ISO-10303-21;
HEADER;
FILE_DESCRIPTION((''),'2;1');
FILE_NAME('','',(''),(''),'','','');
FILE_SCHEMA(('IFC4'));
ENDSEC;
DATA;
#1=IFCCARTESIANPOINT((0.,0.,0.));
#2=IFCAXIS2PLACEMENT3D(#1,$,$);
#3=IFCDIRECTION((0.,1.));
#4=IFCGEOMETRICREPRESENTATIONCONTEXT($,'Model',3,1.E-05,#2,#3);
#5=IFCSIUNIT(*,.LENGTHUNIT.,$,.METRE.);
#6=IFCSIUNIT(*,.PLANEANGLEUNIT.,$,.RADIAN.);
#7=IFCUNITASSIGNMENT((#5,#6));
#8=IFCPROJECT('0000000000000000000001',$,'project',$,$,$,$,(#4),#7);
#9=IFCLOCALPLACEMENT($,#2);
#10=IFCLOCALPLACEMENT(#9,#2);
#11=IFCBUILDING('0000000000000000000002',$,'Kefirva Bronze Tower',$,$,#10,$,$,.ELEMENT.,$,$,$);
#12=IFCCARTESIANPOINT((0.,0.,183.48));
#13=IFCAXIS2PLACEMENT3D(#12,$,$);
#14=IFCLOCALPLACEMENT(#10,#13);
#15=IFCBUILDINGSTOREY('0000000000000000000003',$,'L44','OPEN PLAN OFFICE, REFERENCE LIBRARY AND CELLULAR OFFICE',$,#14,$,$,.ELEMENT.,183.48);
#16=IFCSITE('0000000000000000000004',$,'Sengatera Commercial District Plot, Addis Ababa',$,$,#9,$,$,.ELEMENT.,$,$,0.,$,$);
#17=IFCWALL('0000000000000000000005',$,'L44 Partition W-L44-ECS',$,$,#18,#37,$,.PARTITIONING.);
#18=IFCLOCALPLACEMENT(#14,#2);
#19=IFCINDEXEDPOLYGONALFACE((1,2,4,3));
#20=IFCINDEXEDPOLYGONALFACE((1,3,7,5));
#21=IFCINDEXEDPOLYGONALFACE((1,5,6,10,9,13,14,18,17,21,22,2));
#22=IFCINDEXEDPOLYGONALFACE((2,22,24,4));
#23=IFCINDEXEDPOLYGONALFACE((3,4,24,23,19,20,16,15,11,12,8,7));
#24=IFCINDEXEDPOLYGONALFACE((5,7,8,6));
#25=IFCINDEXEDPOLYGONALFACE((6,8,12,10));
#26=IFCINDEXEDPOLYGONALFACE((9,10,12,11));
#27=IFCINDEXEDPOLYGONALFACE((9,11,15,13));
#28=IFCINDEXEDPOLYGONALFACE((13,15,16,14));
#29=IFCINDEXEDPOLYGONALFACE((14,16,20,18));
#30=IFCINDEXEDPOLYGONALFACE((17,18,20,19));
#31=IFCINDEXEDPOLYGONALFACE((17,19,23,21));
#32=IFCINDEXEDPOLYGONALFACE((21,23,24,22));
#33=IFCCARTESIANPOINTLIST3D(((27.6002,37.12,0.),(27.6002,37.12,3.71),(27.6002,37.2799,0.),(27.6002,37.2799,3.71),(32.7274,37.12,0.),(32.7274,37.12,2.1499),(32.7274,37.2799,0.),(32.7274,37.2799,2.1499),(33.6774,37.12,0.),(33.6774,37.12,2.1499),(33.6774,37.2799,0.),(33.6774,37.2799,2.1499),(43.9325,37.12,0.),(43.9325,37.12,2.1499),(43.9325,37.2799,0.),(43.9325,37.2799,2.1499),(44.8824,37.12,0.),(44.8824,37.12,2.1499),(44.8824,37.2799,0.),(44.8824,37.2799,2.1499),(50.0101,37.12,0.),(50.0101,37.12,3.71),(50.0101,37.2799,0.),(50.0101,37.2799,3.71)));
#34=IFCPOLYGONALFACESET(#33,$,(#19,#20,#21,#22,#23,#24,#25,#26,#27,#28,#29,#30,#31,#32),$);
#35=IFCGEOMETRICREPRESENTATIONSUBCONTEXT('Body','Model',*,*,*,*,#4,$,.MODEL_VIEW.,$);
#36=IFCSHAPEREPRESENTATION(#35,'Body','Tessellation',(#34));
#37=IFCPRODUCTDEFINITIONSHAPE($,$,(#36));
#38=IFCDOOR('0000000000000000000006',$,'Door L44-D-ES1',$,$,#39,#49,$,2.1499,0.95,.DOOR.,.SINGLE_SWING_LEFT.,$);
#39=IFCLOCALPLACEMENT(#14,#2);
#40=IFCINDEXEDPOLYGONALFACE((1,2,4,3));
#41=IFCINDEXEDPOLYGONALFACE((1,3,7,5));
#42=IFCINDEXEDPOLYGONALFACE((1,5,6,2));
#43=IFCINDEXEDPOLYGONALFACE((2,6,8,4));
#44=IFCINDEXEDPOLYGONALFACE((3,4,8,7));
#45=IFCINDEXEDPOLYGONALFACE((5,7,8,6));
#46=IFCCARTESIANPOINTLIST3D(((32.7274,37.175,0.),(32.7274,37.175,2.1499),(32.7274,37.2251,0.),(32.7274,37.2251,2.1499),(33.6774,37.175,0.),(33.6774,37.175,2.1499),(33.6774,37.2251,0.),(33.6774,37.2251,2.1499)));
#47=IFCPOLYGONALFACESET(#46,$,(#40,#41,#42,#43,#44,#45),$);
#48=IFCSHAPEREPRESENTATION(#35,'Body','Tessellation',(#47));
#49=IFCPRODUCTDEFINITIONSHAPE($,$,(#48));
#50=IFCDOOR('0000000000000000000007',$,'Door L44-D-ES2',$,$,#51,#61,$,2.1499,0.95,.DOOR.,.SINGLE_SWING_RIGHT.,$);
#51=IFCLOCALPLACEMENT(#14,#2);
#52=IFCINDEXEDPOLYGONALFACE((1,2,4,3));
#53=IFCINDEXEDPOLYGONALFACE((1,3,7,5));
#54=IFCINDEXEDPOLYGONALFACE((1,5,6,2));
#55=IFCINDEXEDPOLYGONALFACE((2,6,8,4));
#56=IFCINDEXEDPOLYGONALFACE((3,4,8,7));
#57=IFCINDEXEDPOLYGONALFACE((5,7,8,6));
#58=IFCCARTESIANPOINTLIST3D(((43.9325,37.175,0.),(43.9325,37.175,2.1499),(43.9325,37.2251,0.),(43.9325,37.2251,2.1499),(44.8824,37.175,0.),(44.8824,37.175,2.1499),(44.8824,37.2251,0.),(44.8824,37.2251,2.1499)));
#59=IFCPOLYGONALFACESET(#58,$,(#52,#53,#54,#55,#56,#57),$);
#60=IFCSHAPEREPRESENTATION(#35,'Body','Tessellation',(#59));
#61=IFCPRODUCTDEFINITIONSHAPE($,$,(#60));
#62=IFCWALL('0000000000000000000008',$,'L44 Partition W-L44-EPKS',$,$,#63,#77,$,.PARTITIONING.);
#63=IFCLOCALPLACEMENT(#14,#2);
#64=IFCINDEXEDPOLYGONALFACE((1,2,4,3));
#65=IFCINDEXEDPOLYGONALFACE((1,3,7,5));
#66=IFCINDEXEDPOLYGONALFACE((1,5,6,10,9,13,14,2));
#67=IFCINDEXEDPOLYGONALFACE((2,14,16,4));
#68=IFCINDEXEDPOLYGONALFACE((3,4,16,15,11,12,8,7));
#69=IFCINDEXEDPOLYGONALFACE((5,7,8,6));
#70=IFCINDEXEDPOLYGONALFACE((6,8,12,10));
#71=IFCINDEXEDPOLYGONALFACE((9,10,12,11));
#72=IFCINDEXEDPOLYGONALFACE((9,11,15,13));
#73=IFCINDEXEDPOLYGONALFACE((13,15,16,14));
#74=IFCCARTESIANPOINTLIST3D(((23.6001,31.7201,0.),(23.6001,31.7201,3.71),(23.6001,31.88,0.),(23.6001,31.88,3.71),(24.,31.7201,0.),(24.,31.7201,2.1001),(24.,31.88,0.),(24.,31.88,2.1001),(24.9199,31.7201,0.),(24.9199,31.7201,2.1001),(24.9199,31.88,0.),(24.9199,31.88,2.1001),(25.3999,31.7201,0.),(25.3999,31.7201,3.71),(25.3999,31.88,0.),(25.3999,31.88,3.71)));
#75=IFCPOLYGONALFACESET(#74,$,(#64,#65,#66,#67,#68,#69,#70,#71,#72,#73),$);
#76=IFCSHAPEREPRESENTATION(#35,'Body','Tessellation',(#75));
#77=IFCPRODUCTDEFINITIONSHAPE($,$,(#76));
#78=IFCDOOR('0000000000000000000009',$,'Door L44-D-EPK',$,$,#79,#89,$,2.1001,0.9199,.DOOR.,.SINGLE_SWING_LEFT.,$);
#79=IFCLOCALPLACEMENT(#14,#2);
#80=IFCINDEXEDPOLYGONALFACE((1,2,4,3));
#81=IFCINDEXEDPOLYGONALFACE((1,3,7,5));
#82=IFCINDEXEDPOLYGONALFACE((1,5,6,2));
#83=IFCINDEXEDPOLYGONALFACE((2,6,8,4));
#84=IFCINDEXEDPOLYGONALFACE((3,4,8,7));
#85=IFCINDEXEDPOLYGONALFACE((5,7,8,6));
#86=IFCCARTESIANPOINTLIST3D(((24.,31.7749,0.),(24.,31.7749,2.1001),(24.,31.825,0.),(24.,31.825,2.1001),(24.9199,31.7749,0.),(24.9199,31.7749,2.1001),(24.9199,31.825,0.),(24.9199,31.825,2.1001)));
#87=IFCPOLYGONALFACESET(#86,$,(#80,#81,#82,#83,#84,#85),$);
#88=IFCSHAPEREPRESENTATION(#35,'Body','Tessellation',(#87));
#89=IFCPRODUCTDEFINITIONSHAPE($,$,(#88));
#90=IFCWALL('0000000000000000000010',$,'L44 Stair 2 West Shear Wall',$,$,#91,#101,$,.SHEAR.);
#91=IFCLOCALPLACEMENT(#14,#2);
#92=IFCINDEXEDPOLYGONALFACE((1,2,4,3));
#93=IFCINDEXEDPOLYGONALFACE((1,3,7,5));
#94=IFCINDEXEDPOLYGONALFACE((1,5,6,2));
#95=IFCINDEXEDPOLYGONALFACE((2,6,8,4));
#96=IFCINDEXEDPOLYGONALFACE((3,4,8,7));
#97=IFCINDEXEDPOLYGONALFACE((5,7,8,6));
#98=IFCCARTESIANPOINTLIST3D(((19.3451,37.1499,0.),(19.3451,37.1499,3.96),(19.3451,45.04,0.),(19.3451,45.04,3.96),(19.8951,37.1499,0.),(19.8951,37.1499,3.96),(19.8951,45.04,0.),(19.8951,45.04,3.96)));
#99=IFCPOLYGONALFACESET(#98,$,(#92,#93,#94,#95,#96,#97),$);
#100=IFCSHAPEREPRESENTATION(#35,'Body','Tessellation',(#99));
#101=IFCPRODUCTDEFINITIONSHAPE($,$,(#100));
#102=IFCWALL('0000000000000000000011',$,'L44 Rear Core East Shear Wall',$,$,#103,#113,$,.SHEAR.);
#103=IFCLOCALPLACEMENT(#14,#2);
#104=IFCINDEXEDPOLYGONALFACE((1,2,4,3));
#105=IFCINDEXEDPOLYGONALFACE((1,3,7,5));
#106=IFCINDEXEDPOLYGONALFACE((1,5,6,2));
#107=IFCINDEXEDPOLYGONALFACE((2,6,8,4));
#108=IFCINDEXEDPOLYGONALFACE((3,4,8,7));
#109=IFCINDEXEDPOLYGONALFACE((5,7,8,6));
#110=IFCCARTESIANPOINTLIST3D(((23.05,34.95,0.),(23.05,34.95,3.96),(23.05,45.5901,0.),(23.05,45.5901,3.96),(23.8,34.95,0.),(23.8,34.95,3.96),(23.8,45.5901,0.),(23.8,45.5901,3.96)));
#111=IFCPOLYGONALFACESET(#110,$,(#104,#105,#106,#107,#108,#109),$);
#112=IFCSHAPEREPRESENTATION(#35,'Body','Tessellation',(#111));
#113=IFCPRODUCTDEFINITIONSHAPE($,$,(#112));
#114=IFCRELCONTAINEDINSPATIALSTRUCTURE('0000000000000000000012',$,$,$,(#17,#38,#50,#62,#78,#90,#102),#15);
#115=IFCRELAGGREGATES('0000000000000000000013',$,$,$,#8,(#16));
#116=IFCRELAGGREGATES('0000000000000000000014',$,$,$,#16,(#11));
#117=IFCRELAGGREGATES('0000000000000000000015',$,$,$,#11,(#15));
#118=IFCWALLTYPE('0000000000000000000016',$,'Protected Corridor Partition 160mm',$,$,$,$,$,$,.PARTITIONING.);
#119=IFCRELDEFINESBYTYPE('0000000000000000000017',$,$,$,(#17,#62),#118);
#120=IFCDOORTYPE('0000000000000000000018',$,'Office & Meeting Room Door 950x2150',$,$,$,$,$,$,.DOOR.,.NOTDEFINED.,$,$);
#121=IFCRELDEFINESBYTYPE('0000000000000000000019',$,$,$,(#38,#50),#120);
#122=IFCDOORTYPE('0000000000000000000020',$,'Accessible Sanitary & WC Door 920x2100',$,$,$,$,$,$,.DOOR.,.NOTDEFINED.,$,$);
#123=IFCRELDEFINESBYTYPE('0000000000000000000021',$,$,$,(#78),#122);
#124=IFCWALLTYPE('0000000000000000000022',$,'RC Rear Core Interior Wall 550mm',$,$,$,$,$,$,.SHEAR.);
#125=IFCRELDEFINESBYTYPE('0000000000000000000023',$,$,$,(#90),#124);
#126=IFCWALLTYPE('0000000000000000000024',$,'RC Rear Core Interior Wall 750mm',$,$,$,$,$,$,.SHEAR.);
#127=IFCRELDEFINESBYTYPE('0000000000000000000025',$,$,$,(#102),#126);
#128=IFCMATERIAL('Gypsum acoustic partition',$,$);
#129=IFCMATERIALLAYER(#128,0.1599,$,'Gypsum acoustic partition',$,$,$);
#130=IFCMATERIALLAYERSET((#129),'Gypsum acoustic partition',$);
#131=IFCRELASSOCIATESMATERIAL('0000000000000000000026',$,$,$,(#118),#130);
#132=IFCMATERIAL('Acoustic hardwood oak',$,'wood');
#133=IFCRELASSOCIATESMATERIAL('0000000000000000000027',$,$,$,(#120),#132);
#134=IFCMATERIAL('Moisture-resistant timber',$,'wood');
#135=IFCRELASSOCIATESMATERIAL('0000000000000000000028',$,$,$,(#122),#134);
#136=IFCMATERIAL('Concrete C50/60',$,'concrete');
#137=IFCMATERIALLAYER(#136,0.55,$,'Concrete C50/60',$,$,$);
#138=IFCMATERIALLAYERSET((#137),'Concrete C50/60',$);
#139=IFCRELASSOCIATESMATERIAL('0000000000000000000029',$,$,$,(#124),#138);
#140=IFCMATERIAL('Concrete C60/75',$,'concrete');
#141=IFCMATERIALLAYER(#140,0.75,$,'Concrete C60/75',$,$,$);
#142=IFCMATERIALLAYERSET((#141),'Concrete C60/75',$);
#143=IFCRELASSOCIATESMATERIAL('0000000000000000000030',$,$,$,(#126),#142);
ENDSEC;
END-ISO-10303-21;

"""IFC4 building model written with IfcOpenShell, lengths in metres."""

from ifc_helpers import new_model, si_unit, direction, frame, frame_2d, origin, place, context, subcontext, project, spatial, rectangle, extrude, material, layer, layer_set, type_object, element, fill, save


model = new_model("IFC4")

# Units and contexts
model_context = context("Model", 3, precision=1e-05, world=origin(), true_north=direction((0.0, 1.0)))
body_context = subcontext(model_context, "Body", "Model", "MODEL_VIEW")
ifc_project = project(units=[si_unit("LENGTHUNIT", "METRE"), si_unit("PLANEANGLEUNIT", "RADIAN")], contexts=[model_context])

# Site, building, storey
site_placement = place(None, origin())
site = spatial("IfcSite", under=ifc_project, at=site_placement, Name="Sengatera Commercial District Plot, Addis Ababa", CompositionType="ELEMENT", RefElevation=0.0)
building_placement = place(site_placement, origin())
building = spatial("IfcBuilding", under=site, at=building_placement, Name="Kefirva Bronze Tower", CompositionType="ELEMENT")
storey_placement = place(building_placement, frame((0.0, 0.0, 183.48)))
storey = spatial("IfcBuildingStorey", under=building, at=storey_placement, Name="L44", Description="OPEN PLAN OFFICE, REFERENCE LIBRARY AND CELLULAR OFFICE", CompositionType="ELEMENT", Elevation=183.48)

# Shared definitions
ifc_material_1 = material(Name="Concrete C60/75", Category="concrete")

# Shared definitions
ifc_material_2 = material(Name="Gypsum acoustic partition")
ifc_layer_1 = layer(ifc_material_2, 0.1599, Name="Gypsum acoustic partition")
ifc_layer_set_1 = layer_set([ifc_layer_1], Name="Gypsum acoustic partition")
wall_type_1 = type_object("IfcWallType", Name="Protected Corridor Partition 160mm", PredefinedType="PARTITIONING", material=ifc_layer_set_1)

# Wall, openings, doors
wall_1_placement = place(storey_placement, frame((27.6001, 37.2, 0.0), z_axis=(0.0, 0.0, 1.0), x_axis=(1.0, 0.0, 0.0)))
wall_1 = element("IfcWall", 1, at=wall_1_placement, inside=storey, type_object=wall_type_1, Name="L44 Partition W-L44-ECS", PredefinedType="PARTITIONING", context=body_context, shape_type="SweptSolid", body=[
    extrude(rectangle(XDim=22.4099, YDim=0.1599, at=frame_2d((11.2051, 0.0))), origin(), (0.0, 0.0, 1.0), 3.71),
])
opening_1_placement = place(wall_1_placement, frame((6.0774, 0.0, 0.0), z_axis=(0.0, 0.0, 1.0), x_axis=(-1.0, 0.0, 0.0)))
opening_1 = element("IfcOpeningElement", 2, at=opening_1_placement, cuts=wall_1, PredefinedType="OPENING", context=body_context, shape_type="SweptSolid", body=[
    extrude(rectangle(XDim=0.95, YDim=2.1499, at=frame_2d((0.4751, 1.075))), frame((0.0, 0.0898, 0.0), z_axis=(0.0, -1.0, 0.0), x_axis=(1.0, 0.0, 0.0)), (0.0, 0.0, 1.0), 0.1799),
])
opening_2_placement = place(wall_1_placement, frame((17.2825, 0.0, 0.0), z_axis=(0.0, 0.0, 1.0), x_axis=(-1.0, 0.0, 0.0)))
opening_2 = element("IfcOpeningElement", 3, at=opening_2_placement, cuts=wall_1, PredefinedType="OPENING", context=body_context, shape_type="SweptSolid", body=[
    extrude(rectangle(XDim=0.95, YDim=2.1499, at=frame_2d((0.4751, 1.075))), frame((0.0, 0.0898, 0.0), z_axis=(0.0, -1.0, 0.0), x_axis=(1.0, 0.0, 0.0)), (0.0, 0.0, 1.0), 0.1799),
])
ifc_material_3 = material(Name="Acoustic hardwood oak", Category="wood")
door_type_1 = type_object("IfcDoorType", Name="Office & Meeting Room Door 950x2150", OperationType="NOTDEFINED", PredefinedType="DOOR", material=ifc_material_3)
door_1_placement = place(opening_1_placement, origin())
door_1 = element("IfcDoor", 4, at=door_1_placement, inside=storey, type_object=door_type_1, Name="Door L44-D-ES1", OperationType="SINGLE_SWING_LEFT", OverallHeight=2.1499, OverallWidth=0.95, PredefinedType="DOOR", context=body_context, shape_type="SweptSolid", body=[
    extrude(rectangle(XDim=0.95, YDim=2.1499, at=frame_2d((0.4751, 1.075))), frame((0.0, 0.0249, 0.0), z_axis=(0.0, -1.0, 0.0), x_axis=(1.0, 0.0, 0.0)), (0.0, 0.0, 1.0), 0.05),
])
fill(opening_1, door_1)
door_2_placement = place(opening_2_placement, origin())
door_2 = element("IfcDoor", 5, at=door_2_placement, inside=storey, type_object=door_type_1, Name="Door L44-D-ES2", OperationType="SINGLE_SWING_RIGHT", OverallHeight=2.1499, OverallWidth=0.95, PredefinedType="DOOR", context=body_context, shape_type="SweptSolid", body=[
    extrude(rectangle(XDim=0.95, YDim=2.1499, at=frame_2d((0.4751, 1.075))), frame((0.0, 0.0249, 0.0), z_axis=(0.0, -1.0, 0.0), x_axis=(1.0, 0.0, 0.0)), (0.0, 0.0, 1.0), 0.05),
])
fill(opening_2, door_2)

# Wall, opening, door
wall_2_placement = place(storey_placement, frame((23.6001, 31.8, 0.0), z_axis=(0.0, 0.0, 1.0), x_axis=(1.0, 0.0, 0.0)))
wall_2 = element("IfcWall", 6, at=wall_2_placement, inside=storey, type_object=wall_type_1, Name="L44 Partition W-L44-EPKS", PredefinedType="PARTITIONING", context=body_context, shape_type="SweptSolid", body=[
    extrude(rectangle(XDim=1.7998, YDim=0.1599, at=frame_2d((0.8999, 0.0))), origin(), (0.0, 0.0, 1.0), 3.71),
])
opening_3_placement = place(wall_2_placement, frame((0.3999, 0.0, 0.0)))
opening_3 = element("IfcOpeningElement", 7, at=opening_3_placement, cuts=wall_2, PredefinedType="OPENING", context=body_context, shape_type="SweptSolid", body=[
    extrude(rectangle(XDim=0.9199, YDim=2.1001, at=frame_2d((0.46, 1.05))), frame((0.0, 0.0898, 0.0), z_axis=(0.0, -1.0, 0.0), x_axis=(1.0, 0.0, 0.0)), (0.0, 0.0, 1.0), 0.1799),
])
ifc_material_4 = material(Name="Moisture-resistant timber", Category="wood")
door_type_2 = type_object("IfcDoorType", Name="Accessible Sanitary & WC Door 920x2100", OperationType="NOTDEFINED", PredefinedType="DOOR", material=ifc_material_4)
door_3_placement = place(opening_3_placement, origin())
door_3 = element("IfcDoor", 8, at=door_3_placement, inside=storey, type_object=door_type_2, Name="Door L44-D-EPK", OperationType="SINGLE_SWING_LEFT", OverallHeight=2.1001, OverallWidth=0.9199, PredefinedType="DOOR", context=body_context, shape_type="SweptSolid", body=[
    extrude(rectangle(XDim=0.9199, YDim=2.1001, at=frame_2d((0.46, 1.05))), frame((0.0, 0.0249, 0.0), z_axis=(0.0, -1.0, 0.0), x_axis=(1.0, 0.0, 0.0)), (0.0, 0.0, 1.0), 0.05),
])
fill(opening_3, door_3)

# Walls
ifc_material_5 = material(Name="Concrete C50/60", Category="concrete")
ifc_layer_2 = layer(ifc_material_5, 0.55, Name="Concrete C50/60")
ifc_layer_set_2 = layer_set([ifc_layer_2], Name="Concrete C50/60")
wall_type_2 = type_object("IfcWallType", Name="RC Rear Core Interior Wall 550mm", PredefinedType="SHEAR", material=ifc_layer_set_2)
wall_3_placement = place(storey_placement, frame((19.6201, 37.1499, 0.0), z_axis=(0.0, 0.0, 1.0), x_axis=(0.0, 1.0, 0.0)))
element("IfcWall", 9, at=wall_3_placement, inside=storey, type_object=wall_type_2, Name="L44 Stair 2 West Shear Wall", PredefinedType="SHEAR", context=body_context, shape_type="SweptSolid", body=[
    extrude(rectangle(XDim=7.8901, YDim=0.55, at=frame_2d((3.9451, 0.0))), origin(), (0.0, 0.0, 1.0), 3.96),
])
ifc_layer_3 = layer(ifc_material_1, 0.75, Name="Concrete C60/75")
ifc_layer_set_3 = layer_set([ifc_layer_3], Name="Concrete C60/75")
wall_type_3 = type_object("IfcWallType", Name="RC Rear Core Interior Wall 750mm", PredefinedType="SHEAR", material=ifc_layer_set_3)
wall_4_placement = place(storey_placement, frame((23.425, 34.95, 0.0), z_axis=(0.0, 0.0, 1.0), x_axis=(0.0, 1.0, 0.0)))
element("IfcWall", 10, at=wall_4_placement, inside=storey, type_object=wall_type_3, Name="L44 Rear Core East Shear Wall", PredefinedType="SHEAR", context=body_context, shape_type="SweptSolid", body=[
    extrude(rectangle(XDim=10.6401, YDim=0.75, at=frame_2d((5.3201, 0.0))), origin(), (0.0, 0.0, 1.0), 3.96),
])

save(model, "model.ifc")
